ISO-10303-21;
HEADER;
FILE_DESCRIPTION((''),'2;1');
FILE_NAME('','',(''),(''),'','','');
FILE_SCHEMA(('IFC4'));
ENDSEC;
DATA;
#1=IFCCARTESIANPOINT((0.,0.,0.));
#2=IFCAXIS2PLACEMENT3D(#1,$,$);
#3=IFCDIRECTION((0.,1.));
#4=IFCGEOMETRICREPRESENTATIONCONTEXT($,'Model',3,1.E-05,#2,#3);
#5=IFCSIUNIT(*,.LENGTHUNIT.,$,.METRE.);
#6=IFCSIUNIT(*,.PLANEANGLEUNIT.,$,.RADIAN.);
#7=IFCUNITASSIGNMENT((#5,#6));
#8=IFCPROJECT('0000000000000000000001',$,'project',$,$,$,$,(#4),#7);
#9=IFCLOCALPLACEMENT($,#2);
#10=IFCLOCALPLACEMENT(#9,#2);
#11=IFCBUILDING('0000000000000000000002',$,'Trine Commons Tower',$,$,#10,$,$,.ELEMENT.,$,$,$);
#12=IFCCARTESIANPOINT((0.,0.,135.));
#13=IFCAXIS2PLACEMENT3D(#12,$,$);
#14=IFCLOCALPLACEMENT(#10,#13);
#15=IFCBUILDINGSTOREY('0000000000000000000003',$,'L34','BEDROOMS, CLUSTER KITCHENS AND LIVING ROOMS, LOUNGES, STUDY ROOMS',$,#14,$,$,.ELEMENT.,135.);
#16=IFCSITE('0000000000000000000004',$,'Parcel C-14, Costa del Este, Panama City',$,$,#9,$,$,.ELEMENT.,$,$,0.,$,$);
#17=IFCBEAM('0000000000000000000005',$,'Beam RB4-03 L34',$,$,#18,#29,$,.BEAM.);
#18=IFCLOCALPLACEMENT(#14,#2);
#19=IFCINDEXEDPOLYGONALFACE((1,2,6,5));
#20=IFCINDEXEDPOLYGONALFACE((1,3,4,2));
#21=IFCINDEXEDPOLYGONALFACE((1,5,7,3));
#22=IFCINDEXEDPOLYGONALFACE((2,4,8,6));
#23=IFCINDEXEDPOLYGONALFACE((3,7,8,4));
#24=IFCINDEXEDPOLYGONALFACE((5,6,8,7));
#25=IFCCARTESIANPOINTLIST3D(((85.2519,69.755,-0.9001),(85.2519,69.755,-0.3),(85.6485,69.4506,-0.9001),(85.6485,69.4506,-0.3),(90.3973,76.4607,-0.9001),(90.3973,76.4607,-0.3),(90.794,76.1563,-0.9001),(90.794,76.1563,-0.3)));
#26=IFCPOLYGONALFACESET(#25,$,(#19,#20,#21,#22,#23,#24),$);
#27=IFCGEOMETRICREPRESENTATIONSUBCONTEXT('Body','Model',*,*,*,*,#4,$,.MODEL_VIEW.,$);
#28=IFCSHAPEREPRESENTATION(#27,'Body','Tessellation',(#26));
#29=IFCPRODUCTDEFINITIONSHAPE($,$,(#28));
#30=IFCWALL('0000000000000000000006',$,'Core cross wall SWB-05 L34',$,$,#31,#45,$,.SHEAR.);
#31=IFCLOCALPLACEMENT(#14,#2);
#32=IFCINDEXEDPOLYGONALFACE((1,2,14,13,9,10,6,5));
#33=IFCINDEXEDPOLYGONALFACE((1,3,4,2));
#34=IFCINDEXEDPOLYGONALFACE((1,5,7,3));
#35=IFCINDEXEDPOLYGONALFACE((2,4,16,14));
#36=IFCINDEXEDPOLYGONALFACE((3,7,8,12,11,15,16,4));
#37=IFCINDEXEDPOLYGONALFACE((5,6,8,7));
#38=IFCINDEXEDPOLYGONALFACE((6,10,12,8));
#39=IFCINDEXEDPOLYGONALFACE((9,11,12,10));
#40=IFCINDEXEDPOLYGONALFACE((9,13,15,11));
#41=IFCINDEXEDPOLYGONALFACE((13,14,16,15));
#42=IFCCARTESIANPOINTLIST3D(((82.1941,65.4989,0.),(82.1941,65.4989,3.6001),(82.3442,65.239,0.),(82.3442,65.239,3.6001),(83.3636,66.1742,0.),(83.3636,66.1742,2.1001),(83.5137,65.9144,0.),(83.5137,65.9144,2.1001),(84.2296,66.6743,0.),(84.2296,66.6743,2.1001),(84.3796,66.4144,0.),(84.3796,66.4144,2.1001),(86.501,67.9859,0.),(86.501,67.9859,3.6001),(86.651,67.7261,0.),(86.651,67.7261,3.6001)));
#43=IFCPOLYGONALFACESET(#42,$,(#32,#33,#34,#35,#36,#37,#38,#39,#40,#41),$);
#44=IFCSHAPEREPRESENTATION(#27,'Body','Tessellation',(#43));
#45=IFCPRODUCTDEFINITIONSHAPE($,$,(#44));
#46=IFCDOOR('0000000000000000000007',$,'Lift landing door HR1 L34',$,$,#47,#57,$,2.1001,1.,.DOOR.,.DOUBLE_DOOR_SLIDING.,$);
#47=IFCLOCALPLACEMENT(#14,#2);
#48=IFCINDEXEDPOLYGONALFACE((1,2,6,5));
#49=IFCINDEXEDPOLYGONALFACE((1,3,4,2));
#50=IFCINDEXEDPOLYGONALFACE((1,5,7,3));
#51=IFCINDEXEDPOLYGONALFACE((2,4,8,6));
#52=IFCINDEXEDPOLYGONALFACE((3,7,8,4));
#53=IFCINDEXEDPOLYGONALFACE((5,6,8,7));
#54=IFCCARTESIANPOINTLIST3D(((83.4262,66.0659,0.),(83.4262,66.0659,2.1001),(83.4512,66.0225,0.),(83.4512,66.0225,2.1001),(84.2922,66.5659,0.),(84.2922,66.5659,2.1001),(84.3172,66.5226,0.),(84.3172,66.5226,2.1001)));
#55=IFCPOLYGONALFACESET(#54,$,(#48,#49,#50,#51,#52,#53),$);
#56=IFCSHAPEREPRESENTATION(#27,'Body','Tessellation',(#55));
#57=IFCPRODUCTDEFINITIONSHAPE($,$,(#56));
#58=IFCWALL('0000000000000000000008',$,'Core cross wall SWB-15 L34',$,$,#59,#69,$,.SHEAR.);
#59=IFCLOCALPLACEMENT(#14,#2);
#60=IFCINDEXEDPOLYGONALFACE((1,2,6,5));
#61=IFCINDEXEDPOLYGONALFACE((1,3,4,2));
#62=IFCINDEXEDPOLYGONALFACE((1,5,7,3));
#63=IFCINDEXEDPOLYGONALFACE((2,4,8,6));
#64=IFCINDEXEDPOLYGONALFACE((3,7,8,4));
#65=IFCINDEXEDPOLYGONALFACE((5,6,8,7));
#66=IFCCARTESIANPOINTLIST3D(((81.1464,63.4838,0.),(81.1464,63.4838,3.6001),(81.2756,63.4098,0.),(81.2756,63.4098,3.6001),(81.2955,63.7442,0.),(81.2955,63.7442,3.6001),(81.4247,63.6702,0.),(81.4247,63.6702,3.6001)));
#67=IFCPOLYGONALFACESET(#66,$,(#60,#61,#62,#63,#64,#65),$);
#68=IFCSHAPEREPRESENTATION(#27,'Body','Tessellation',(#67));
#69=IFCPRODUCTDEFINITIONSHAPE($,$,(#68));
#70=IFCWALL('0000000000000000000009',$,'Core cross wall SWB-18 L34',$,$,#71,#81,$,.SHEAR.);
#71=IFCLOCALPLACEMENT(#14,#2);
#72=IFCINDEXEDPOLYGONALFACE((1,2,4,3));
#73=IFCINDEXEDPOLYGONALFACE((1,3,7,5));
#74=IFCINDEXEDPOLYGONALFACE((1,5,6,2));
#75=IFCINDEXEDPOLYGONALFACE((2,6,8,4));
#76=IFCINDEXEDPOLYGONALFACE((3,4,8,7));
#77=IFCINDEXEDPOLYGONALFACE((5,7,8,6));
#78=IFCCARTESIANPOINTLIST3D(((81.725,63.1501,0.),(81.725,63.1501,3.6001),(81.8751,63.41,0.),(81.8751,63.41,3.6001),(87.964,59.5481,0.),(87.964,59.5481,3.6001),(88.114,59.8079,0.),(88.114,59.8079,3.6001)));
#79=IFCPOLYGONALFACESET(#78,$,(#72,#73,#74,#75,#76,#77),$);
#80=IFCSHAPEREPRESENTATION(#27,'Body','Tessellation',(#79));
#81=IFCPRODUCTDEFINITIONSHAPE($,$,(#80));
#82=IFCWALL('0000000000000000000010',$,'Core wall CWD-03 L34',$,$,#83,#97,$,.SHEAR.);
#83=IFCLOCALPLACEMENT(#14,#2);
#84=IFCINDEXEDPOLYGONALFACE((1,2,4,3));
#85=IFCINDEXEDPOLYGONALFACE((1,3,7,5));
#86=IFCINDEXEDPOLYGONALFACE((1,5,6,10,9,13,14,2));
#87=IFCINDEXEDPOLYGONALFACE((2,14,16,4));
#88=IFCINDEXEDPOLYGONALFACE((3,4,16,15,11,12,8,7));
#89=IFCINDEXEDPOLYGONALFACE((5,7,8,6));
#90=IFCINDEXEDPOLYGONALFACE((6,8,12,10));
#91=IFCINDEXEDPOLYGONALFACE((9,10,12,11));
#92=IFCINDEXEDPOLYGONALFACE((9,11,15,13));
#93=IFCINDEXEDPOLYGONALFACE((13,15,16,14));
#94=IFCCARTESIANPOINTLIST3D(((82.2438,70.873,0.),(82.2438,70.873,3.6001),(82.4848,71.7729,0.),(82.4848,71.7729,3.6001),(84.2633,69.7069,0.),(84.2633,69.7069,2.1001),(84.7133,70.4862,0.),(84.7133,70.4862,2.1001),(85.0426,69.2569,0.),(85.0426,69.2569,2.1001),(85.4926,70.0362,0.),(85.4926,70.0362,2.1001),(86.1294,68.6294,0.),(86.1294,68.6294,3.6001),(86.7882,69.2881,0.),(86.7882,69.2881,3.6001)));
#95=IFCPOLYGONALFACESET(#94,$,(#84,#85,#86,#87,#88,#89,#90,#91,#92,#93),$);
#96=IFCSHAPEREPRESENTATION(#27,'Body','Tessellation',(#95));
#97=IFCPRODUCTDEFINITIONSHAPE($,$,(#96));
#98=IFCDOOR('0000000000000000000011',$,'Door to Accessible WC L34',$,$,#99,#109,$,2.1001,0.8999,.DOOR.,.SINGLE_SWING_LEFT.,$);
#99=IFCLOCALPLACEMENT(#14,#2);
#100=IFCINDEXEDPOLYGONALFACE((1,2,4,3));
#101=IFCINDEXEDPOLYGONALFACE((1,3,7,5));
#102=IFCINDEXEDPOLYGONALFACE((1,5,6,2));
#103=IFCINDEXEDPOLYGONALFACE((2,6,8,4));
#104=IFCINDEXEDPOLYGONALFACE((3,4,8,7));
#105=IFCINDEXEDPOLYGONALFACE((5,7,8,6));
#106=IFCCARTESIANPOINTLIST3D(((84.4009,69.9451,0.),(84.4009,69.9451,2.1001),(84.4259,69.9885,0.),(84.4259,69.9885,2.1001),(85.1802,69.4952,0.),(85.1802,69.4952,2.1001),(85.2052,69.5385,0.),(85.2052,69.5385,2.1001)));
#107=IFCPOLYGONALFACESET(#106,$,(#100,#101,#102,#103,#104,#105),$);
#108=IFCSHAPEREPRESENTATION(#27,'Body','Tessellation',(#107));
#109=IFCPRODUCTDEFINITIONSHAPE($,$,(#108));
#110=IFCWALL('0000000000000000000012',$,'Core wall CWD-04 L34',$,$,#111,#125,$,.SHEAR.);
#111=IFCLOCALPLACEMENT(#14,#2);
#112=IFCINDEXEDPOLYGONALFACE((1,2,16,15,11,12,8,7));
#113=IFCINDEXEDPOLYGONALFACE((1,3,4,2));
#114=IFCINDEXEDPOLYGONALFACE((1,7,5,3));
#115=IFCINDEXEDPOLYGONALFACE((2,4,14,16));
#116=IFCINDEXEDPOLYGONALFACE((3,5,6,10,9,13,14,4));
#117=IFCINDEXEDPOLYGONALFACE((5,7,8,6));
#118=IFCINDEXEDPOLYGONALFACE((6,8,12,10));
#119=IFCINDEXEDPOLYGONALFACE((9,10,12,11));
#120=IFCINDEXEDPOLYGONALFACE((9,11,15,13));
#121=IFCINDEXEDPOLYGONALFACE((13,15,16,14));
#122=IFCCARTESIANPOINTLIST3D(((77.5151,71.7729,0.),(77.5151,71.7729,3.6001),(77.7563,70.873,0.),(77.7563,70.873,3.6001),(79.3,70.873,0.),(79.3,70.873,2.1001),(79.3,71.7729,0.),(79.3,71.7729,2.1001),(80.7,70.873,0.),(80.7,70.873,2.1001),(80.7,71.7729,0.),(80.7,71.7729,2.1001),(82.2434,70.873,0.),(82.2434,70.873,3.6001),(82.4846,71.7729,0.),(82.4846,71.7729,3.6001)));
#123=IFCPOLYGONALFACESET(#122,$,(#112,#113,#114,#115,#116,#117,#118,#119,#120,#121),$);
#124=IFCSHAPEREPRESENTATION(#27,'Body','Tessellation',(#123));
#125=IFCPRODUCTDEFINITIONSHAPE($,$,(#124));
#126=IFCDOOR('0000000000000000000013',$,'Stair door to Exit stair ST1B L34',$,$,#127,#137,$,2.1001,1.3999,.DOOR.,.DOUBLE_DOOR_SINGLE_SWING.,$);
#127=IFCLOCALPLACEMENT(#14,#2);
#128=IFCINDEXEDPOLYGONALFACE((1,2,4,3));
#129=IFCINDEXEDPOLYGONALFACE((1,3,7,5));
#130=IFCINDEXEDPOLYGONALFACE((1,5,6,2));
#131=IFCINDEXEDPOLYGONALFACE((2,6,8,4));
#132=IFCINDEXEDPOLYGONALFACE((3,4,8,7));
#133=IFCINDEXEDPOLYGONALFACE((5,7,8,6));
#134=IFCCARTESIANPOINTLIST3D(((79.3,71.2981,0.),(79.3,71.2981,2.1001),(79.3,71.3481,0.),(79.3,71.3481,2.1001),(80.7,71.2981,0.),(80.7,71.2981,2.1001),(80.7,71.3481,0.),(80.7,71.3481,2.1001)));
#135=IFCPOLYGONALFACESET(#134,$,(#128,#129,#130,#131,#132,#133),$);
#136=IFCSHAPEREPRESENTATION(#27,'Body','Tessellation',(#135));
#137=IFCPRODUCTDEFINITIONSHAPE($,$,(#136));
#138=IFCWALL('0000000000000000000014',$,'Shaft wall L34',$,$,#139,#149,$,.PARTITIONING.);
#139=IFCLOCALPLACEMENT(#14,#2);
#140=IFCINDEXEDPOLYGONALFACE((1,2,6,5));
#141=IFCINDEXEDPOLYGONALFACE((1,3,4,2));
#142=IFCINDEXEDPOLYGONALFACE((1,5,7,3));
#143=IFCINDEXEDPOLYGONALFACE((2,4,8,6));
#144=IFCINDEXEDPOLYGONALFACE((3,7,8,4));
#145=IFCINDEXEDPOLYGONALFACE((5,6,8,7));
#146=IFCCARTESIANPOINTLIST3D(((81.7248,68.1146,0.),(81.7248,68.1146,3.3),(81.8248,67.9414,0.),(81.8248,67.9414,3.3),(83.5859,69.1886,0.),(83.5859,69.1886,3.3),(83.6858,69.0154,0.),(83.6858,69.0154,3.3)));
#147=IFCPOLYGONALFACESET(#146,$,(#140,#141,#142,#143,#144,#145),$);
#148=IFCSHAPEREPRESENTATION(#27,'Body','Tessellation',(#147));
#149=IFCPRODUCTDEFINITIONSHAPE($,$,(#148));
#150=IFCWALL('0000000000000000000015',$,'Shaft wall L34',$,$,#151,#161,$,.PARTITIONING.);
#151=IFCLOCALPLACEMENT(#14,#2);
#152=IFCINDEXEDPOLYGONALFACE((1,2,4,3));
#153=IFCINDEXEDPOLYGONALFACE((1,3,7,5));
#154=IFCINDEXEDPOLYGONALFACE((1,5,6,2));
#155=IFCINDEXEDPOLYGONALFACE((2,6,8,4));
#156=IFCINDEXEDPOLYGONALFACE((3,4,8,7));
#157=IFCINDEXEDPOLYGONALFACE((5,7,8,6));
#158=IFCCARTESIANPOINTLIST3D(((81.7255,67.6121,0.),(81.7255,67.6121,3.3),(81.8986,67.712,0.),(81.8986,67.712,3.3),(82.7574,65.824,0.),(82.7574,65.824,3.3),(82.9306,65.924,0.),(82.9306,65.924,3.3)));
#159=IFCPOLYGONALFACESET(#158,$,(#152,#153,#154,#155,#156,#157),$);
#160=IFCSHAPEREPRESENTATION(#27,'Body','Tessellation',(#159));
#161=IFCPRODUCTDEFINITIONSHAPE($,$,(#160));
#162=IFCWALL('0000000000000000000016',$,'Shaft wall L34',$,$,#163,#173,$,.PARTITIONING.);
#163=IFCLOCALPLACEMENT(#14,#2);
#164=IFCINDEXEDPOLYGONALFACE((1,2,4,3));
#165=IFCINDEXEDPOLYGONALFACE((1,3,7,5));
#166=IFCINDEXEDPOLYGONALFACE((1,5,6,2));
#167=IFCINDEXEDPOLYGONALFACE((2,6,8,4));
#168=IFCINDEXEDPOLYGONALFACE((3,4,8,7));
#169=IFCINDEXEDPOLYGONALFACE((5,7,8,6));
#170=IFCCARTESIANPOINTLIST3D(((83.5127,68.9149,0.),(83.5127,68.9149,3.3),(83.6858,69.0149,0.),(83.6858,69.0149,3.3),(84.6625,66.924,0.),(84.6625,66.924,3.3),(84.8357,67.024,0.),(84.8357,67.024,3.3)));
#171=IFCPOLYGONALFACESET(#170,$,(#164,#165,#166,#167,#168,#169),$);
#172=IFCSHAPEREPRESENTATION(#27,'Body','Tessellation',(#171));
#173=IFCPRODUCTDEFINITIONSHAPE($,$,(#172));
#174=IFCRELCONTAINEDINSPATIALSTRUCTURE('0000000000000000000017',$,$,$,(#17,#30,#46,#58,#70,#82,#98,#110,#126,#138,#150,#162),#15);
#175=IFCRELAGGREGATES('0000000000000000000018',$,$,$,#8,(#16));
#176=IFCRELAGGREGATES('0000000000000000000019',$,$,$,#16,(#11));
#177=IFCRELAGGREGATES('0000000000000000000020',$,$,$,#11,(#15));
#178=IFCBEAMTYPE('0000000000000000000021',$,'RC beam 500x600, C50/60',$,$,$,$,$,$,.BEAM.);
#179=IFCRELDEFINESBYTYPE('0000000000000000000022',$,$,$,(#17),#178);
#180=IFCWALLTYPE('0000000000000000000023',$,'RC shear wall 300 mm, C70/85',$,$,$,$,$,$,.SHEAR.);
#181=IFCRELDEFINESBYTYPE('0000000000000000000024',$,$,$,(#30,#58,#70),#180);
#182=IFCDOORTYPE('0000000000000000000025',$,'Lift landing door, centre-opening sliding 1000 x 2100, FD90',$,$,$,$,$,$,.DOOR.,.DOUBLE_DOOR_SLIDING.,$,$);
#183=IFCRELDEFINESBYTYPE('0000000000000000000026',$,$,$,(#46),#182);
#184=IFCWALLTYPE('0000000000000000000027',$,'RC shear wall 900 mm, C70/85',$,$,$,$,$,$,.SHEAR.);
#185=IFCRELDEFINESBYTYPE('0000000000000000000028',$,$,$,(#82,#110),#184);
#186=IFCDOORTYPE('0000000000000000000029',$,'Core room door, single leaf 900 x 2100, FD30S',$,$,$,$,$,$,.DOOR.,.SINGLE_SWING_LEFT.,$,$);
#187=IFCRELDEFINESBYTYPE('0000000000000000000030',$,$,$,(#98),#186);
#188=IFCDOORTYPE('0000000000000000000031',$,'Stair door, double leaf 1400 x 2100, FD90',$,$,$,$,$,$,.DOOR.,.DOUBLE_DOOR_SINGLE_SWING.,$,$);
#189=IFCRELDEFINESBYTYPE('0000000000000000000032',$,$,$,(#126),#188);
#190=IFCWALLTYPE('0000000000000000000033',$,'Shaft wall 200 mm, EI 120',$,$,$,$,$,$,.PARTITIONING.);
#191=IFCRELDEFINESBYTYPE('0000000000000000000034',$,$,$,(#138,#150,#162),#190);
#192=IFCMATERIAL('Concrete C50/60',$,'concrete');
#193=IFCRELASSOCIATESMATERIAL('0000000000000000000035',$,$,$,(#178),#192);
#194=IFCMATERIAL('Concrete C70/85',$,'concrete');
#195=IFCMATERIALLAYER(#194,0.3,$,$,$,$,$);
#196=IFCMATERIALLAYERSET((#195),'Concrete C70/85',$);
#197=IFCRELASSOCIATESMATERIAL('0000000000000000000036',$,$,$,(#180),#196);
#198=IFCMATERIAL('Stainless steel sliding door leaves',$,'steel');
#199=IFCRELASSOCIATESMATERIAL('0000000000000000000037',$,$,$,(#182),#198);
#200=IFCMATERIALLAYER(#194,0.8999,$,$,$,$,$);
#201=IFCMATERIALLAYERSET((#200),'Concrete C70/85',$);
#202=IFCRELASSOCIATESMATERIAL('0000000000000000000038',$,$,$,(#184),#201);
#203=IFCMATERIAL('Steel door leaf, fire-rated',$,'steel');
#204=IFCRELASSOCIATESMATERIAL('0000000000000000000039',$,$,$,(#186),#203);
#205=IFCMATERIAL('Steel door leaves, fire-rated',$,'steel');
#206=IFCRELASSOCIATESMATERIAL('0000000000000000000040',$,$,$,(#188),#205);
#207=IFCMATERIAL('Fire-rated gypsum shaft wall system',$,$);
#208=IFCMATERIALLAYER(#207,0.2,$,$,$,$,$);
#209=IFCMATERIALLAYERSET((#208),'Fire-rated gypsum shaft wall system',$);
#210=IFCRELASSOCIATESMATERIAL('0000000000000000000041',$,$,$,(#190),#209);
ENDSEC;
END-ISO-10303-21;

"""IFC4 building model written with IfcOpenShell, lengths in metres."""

from ifc_helpers import new_model, si_unit, direction, frame, frame_2d, origin, origin_2d, place, context, subcontext, project, spatial, polyline, rectangle, outline, extrude, material, layer, layer_set, material_profile, profile_set, type_object, element, fill, save


model = new_model("IFC4")

# Units and contexts
model_context = context("Model", 3, precision=1e-05, world=origin(), true_north=direction((0.0, 1.0)))
body_context = subcontext(model_context, "Body", "Model", "MODEL_VIEW")
ifc_project = project(units=[si_unit("LENGTHUNIT", "METRE"), si_unit("PLANEANGLEUNIT", "RADIAN")], contexts=[model_context])

# Site, building, storey
site_placement = place(None, origin())
site = spatial("IfcSite", under=ifc_project, at=site_placement, Name="Parcel C-14, Costa del Este, Panama City", CompositionType="ELEMENT", RefElevation=0.0)
building_placement = place(site_placement, origin())
building = spatial("IfcBuilding", under=site, at=building_placement, Name="Trine Commons Tower", CompositionType="ELEMENT")
storey_placement = place(building_placement, frame((0.0, 0.0, 135.0)))
storey = spatial("IfcBuildingStorey", under=building, at=storey_placement, Name="L34", Description="BEDROOMS, CLUSTER KITCHENS AND LIVING ROOMS, LOUNGES, STUDY ROOMS", CompositionType="ELEMENT", Elevation=135.0)

# Beam
ifc_material_1 = material(Name="Concrete C50/60", Category="concrete")
ifc_material_profile = material_profile(ifc_material_1, rectangle(XDim=0.5, YDim=0.6001, at=origin_2d()), Name="RC 500x600")
ifc_profile_set = profile_set([ifc_material_profile], Name="Concrete C50/60")
beam_type = type_object("IfcBeamType", Name="RC beam 500x600, C50/60", PredefinedType="BEAM", material=ifc_profile_set)
beam_placement = place(storey_placement, frame((85.4502, 69.6028, -0.6001), z_axis=(0.608758, 0.793356, 0.0), x_axis=(-0.793356, 0.608758, 0.0)))
element("IfcBeam", 1, at=beam_placement, inside=storey, type_object=beam_type, Name="Beam RB4-03 L34", PredefinedType="BEAM", context=body_context, shape_type="SweptSolid", body=[
    extrude(rectangle(XDim=0.5, YDim=0.6001, at=origin_2d()), origin(), (0.0, 0.0, 1.0), 8.4524),
])

# Wall, opening, door
ifc_material_2 = material(Name="Concrete C70/85", Category="concrete")
ifc_layer_1 = layer(ifc_material_2, 0.3)
ifc_layer_set_1 = layer_set([ifc_layer_1], Name="Concrete C70/85")
wall_type_1 = type_object("IfcWallType", Name="RC shear wall 300 mm, C70/85", PredefinedType="SHEAR", material=ifc_layer_set_1)
wall_1_placement = place(storey_placement, frame((82.269, 65.3689, 0.0), z_axis=(0.0, 0.0, 1.0), x_axis=(0.865984, 0.500072, 0.0)))
wall_1 = element("IfcWall", 2, at=wall_1_placement, inside=storey, type_object=wall_type_1, Name="Core cross wall SWB-05 L34", PredefinedType="SHEAR", context=body_context, shape_type="SweptSolid", body=[
    extrude(rectangle(XDim=4.9734, YDim=0.3, at=frame_2d((2.4868, 0.0))), origin(), (0.0, 0.0, 1.0), 3.6001),
])
opening_1_placement = place(wall_1_placement, frame((1.3506, 0.0, 0.0)))
opening_1 = element("IfcOpeningElement", 3, at=opening_1_placement, cuts=wall_1, PredefinedType="OPENING", context=body_context, shape_type="SweptSolid", body=[
    extrude(rectangle(XDim=1.0, YDim=2.1001, at=frame_2d((0.5, 1.05))), frame((0.0, 0.1599, 0.0), z_axis=(0.0, -1.0, 0.0), x_axis=(1.0, 0.0, 0.0)), (0.0, 0.0, 1.0), 0.3201),
])
ifc_material_3 = material(Name="Stainless steel sliding door leaves", Category="steel")
door_type_1 = type_object("IfcDoorType", Name="Lift landing door, centre-opening sliding 1000 x 2100, FD90", OperationType="DOUBLE_DOOR_SLIDING", PredefinedType="DOOR", material=ifc_material_3)
door_1_placement = place(opening_1_placement, origin())
door_1 = element("IfcDoor", 4, at=door_1_placement, inside=storey, type_object=door_type_1, Name="Lift landing door HR1 L34", OperationType="DOUBLE_DOOR_SLIDING", OverallHeight=2.1001, OverallWidth=1.0, PredefinedType="DOOR", context=body_context, shape_type="SweptSolid", body=[
    extrude(rectangle(XDim=1.0, YDim=2.1001, at=frame_2d((0.5, 1.05))), frame((0.0, 0.0249, 0.0), z_axis=(0.0, -1.0, 0.0), x_axis=(1.0, 0.0, 0.0)), (0.0, 0.0, 1.0), 0.05),
])
fill(opening_1, door_1)

# Walls
wall_2_placement = place(storey_placement, frame((81.2209, 63.614, 0.0), z_axis=(0.0, 0.0, 1.0), x_axis=(0.867738, -0.497022, 0.0)))
element("IfcWall", 5, at=wall_2_placement, inside=storey, type_object=wall_type_1, Name="Core cross wall SWB-15 L34", PredefinedType="SHEAR", context=body_context, shape_type="SweptSolid", body=[
    extrude(rectangle(XDim=0.1489, YDim=0.3, at=frame_2d((0.0745, 0.0))), origin(), (0.0, 0.0, 1.0), 3.6001),
])
wall_3_placement = place(storey_placement, frame((81.8, 63.28, 0.0), z_axis=(0.0, 0.0, 1.0), x_axis=(0.866028, -0.499995, 0.0)))
element("IfcWall", 6, at=wall_3_placement, inside=storey, type_object=wall_type_1, Name="Core cross wall SWB-18 L34", PredefinedType="SHEAR", context=body_context, shape_type="SweptSolid", body=[
    extrude(rectangle(XDim=7.2041, YDim=0.3, at=frame_2d((3.6021, 0.0))), origin(), (0.0, 0.0, 1.0), 3.6001),
])

# Walls, openings, doors
ifc_layer_2 = layer(ifc_material_2, 0.8999)
ifc_layer_set_2 = layer_set([ifc_layer_2], Name="Concrete C70/85")
wall_type_2 = type_object("IfcWallType", Name="RC shear wall 900 mm, C70/85", PredefinedType="SHEAR", material=ifc_layer_set_2)
wall_4_placement = place(storey_placement, frame((86.5632, 68.8984, 0.0), z_axis=(0.0, 0.0, 1.0), x_axis=(-0.866003, 0.500039, 0.0)))
wall_4 = element("IfcWall", 7, at=wall_4_placement, inside=storey, type_object=wall_type_2, Name="Core wall CWD-03 L34", PredefinedType="SHEAR", context=body_context, shape_type="SweptSolid", body=[
    extrude(outline(polyline([(0.0, -0.45), (4.9692, -0.45), (4.728, 0.45), (0.2412, 0.45), (0.0, -0.45)])), origin(), (0.0, 0.0, 1.0), 3.6001),
])
opening_2_placement = place(wall_4_placement, frame((1.4961, 0.0, 0.0)))
opening_2 = element("IfcOpeningElement", 8, at=opening_2_placement, cuts=wall_4, PredefinedType="OPENING", context=body_context, shape_type="SweptSolid", body=[
    extrude(rectangle(XDim=0.8999, YDim=2.1001, at=frame_2d((0.45, 1.05))), frame((0.0, 0.46, 0.0), z_axis=(0.0, -1.0, 0.0), x_axis=(1.0, 0.0, 0.0)), (0.0, 0.0, 1.0), 0.9199),
])
ifc_material_4 = material(Name="Steel door leaf, fire-rated", Category="steel")
door_type_2 = type_object("IfcDoorType", Name="Core room door, single leaf 900 x 2100, FD30S", OperationType="SINGLE_SWING_LEFT", PredefinedType="DOOR", material=ifc_material_4)
door_2_placement = place(opening_2_placement, origin())
door_2 = element("IfcDoor", 9, at=door_2_placement, inside=storey, type_object=door_type_2, Name="Door to Accessible WC L34", OperationType="SINGLE_SWING_LEFT", OverallHeight=2.1001, OverallWidth=0.8999, PredefinedType="DOOR", context=body_context, shape_type="SweptSolid", body=[
    extrude(rectangle(XDim=0.8999, YDim=2.1001, at=frame_2d((0.45, 1.05))), frame((0.0, 0.1748, 0.0), z_axis=(0.0, -1.0, 0.0), x_axis=(1.0, 0.0, 0.0)), (0.0, 0.0, 1.0), 0.05),
])
fill(opening_2, door_2)
wall_5_placement = place(storey_placement, frame((82.4846, 71.323, 0.0), z_axis=(0.0, 0.0, 1.0), x_axis=(-1.0, 0.0, 0.0)))
wall_5 = element("IfcWall", 10, at=wall_5_placement, inside=storey, type_object=wall_type_2, Name="Core wall CWD-04 L34", PredefinedType="SHEAR", context=body_context, shape_type="SweptSolid", body=[
    extrude(outline(polyline([(0.0, -0.45), (4.9695, -0.45), (4.7283, 0.45), (0.2412, 0.45), (0.0, -0.45)])), origin(), (0.0, 0.0, 1.0), 3.6001),
])
opening_3_placement = place(wall_5_placement, frame((1.7847, 0.0, 0.0)))
opening_3 = element("IfcOpeningElement", 11, at=opening_3_placement, cuts=wall_5, PredefinedType="OPENING", context=body_context, shape_type="SweptSolid", body=[
    extrude(rectangle(XDim=1.3999, YDim=2.1001, at=frame_2d((0.7, 1.05))), frame((0.0, 0.46, 0.0), z_axis=(0.0, -1.0, 0.0), x_axis=(1.0, 0.0, 0.0)), (0.0, 0.0, 1.0), 0.9199),
])
ifc_material_5 = material(Name="Steel door leaves, fire-rated", Category="steel")
door_type_3 = type_object("IfcDoorType", Name="Stair door, double leaf 1400 x 2100, FD90", OperationType="DOUBLE_DOOR_SINGLE_SWING", PredefinedType="DOOR", material=ifc_material_5)
door_3_placement = place(opening_3_placement, origin())
door_3 = element("IfcDoor", 12, at=door_3_placement, inside=storey, type_object=door_type_3, Name="Stair door to Exit stair ST1B L34", OperationType="DOUBLE_DOOR_SINGLE_SWING", OverallHeight=2.1001, OverallWidth=1.3999, PredefinedType="DOOR", context=body_context, shape_type="SweptSolid", body=[
    extrude(rectangle(XDim=1.3999, YDim=2.1001, at=frame_2d((0.7, 1.05))), frame((0.0, 0.0249, 0.0), z_axis=(0.0, -1.0, 0.0), x_axis=(1.0, 0.0, 0.0)), (0.0, 0.0, 1.0), 0.05),
])
fill(opening_3, door_3)

# Walls
ifc_material_6 = material(Name="Fire-rated gypsum shaft wall system")
ifc_layer_3 = layer(ifc_material_6, 0.2)
ifc_layer_set_3 = layer_set([ifc_layer_3], Name="Fire-rated gypsum shaft wall system")
wall_type_3 = type_object("IfcWallType", Name="Shaft wall 200 mm, EI 120", PredefinedType="PARTITIONING", material=ifc_layer_set_3)
wall_6_placement = place(storey_placement, frame((81.7749, 68.0281, 0.0), z_axis=(0.0, 0.0, 1.0), x_axis=(0.866131, 0.499818, 0.0)))
element("IfcWall", 13, at=wall_6_placement, inside=storey, type_object=wall_type_3, Name="Shaft wall L34", PredefinedType="PARTITIONING", context=body_context, shape_type="SweptSolid", body=[
    extrude(rectangle(XDim=2.1487, YDim=0.2, at=frame_2d((1.0742, 0.0))), origin(), (0.0, 0.0, 1.0), 3.3),
])
wall_7_placement = place(storey_placement, frame((82.844, 65.874, 0.0), z_axis=(0.0, 0.0, 1.0), x_axis=(-0.499866, 0.866103, 0.0)))
element("IfcWall", 14, at=wall_7_placement, inside=storey, type_object=wall_type_3, Name="Shaft wall L34", PredefinedType="PARTITIONING", context=body_context, shape_type="SweptSolid", body=[
    extrude(rectangle(XDim=2.0645, YDim=0.2, at=frame_2d((1.0322, 0.0))), origin(), (0.0, 0.0, 1.0), 3.3),
])
for number, where, z_axis, x_axis, name in (
    (15, (84.749, 66.9741, 0.0), (0.0, 0.0, 1.0), (-0.500136, 0.865947, 0.0), "Shaft wall L34"),
):
    element("IfcWall", number, at=place(storey_placement, frame(where, z_axis=z_axis, x_axis=x_axis)), inside=storey, type_object=wall_type_3, Name=name, PredefinedType="PARTITIONING", context=body_context, shape_type="SweptSolid", body=[
        extrude(rectangle(XDim=2.2991, YDim=0.2, at=frame_2d((1.1494, 0.0))), origin(), (0.0, 0.0, 1.0), 3.3),
    ])

save(model, "model.ifc")
